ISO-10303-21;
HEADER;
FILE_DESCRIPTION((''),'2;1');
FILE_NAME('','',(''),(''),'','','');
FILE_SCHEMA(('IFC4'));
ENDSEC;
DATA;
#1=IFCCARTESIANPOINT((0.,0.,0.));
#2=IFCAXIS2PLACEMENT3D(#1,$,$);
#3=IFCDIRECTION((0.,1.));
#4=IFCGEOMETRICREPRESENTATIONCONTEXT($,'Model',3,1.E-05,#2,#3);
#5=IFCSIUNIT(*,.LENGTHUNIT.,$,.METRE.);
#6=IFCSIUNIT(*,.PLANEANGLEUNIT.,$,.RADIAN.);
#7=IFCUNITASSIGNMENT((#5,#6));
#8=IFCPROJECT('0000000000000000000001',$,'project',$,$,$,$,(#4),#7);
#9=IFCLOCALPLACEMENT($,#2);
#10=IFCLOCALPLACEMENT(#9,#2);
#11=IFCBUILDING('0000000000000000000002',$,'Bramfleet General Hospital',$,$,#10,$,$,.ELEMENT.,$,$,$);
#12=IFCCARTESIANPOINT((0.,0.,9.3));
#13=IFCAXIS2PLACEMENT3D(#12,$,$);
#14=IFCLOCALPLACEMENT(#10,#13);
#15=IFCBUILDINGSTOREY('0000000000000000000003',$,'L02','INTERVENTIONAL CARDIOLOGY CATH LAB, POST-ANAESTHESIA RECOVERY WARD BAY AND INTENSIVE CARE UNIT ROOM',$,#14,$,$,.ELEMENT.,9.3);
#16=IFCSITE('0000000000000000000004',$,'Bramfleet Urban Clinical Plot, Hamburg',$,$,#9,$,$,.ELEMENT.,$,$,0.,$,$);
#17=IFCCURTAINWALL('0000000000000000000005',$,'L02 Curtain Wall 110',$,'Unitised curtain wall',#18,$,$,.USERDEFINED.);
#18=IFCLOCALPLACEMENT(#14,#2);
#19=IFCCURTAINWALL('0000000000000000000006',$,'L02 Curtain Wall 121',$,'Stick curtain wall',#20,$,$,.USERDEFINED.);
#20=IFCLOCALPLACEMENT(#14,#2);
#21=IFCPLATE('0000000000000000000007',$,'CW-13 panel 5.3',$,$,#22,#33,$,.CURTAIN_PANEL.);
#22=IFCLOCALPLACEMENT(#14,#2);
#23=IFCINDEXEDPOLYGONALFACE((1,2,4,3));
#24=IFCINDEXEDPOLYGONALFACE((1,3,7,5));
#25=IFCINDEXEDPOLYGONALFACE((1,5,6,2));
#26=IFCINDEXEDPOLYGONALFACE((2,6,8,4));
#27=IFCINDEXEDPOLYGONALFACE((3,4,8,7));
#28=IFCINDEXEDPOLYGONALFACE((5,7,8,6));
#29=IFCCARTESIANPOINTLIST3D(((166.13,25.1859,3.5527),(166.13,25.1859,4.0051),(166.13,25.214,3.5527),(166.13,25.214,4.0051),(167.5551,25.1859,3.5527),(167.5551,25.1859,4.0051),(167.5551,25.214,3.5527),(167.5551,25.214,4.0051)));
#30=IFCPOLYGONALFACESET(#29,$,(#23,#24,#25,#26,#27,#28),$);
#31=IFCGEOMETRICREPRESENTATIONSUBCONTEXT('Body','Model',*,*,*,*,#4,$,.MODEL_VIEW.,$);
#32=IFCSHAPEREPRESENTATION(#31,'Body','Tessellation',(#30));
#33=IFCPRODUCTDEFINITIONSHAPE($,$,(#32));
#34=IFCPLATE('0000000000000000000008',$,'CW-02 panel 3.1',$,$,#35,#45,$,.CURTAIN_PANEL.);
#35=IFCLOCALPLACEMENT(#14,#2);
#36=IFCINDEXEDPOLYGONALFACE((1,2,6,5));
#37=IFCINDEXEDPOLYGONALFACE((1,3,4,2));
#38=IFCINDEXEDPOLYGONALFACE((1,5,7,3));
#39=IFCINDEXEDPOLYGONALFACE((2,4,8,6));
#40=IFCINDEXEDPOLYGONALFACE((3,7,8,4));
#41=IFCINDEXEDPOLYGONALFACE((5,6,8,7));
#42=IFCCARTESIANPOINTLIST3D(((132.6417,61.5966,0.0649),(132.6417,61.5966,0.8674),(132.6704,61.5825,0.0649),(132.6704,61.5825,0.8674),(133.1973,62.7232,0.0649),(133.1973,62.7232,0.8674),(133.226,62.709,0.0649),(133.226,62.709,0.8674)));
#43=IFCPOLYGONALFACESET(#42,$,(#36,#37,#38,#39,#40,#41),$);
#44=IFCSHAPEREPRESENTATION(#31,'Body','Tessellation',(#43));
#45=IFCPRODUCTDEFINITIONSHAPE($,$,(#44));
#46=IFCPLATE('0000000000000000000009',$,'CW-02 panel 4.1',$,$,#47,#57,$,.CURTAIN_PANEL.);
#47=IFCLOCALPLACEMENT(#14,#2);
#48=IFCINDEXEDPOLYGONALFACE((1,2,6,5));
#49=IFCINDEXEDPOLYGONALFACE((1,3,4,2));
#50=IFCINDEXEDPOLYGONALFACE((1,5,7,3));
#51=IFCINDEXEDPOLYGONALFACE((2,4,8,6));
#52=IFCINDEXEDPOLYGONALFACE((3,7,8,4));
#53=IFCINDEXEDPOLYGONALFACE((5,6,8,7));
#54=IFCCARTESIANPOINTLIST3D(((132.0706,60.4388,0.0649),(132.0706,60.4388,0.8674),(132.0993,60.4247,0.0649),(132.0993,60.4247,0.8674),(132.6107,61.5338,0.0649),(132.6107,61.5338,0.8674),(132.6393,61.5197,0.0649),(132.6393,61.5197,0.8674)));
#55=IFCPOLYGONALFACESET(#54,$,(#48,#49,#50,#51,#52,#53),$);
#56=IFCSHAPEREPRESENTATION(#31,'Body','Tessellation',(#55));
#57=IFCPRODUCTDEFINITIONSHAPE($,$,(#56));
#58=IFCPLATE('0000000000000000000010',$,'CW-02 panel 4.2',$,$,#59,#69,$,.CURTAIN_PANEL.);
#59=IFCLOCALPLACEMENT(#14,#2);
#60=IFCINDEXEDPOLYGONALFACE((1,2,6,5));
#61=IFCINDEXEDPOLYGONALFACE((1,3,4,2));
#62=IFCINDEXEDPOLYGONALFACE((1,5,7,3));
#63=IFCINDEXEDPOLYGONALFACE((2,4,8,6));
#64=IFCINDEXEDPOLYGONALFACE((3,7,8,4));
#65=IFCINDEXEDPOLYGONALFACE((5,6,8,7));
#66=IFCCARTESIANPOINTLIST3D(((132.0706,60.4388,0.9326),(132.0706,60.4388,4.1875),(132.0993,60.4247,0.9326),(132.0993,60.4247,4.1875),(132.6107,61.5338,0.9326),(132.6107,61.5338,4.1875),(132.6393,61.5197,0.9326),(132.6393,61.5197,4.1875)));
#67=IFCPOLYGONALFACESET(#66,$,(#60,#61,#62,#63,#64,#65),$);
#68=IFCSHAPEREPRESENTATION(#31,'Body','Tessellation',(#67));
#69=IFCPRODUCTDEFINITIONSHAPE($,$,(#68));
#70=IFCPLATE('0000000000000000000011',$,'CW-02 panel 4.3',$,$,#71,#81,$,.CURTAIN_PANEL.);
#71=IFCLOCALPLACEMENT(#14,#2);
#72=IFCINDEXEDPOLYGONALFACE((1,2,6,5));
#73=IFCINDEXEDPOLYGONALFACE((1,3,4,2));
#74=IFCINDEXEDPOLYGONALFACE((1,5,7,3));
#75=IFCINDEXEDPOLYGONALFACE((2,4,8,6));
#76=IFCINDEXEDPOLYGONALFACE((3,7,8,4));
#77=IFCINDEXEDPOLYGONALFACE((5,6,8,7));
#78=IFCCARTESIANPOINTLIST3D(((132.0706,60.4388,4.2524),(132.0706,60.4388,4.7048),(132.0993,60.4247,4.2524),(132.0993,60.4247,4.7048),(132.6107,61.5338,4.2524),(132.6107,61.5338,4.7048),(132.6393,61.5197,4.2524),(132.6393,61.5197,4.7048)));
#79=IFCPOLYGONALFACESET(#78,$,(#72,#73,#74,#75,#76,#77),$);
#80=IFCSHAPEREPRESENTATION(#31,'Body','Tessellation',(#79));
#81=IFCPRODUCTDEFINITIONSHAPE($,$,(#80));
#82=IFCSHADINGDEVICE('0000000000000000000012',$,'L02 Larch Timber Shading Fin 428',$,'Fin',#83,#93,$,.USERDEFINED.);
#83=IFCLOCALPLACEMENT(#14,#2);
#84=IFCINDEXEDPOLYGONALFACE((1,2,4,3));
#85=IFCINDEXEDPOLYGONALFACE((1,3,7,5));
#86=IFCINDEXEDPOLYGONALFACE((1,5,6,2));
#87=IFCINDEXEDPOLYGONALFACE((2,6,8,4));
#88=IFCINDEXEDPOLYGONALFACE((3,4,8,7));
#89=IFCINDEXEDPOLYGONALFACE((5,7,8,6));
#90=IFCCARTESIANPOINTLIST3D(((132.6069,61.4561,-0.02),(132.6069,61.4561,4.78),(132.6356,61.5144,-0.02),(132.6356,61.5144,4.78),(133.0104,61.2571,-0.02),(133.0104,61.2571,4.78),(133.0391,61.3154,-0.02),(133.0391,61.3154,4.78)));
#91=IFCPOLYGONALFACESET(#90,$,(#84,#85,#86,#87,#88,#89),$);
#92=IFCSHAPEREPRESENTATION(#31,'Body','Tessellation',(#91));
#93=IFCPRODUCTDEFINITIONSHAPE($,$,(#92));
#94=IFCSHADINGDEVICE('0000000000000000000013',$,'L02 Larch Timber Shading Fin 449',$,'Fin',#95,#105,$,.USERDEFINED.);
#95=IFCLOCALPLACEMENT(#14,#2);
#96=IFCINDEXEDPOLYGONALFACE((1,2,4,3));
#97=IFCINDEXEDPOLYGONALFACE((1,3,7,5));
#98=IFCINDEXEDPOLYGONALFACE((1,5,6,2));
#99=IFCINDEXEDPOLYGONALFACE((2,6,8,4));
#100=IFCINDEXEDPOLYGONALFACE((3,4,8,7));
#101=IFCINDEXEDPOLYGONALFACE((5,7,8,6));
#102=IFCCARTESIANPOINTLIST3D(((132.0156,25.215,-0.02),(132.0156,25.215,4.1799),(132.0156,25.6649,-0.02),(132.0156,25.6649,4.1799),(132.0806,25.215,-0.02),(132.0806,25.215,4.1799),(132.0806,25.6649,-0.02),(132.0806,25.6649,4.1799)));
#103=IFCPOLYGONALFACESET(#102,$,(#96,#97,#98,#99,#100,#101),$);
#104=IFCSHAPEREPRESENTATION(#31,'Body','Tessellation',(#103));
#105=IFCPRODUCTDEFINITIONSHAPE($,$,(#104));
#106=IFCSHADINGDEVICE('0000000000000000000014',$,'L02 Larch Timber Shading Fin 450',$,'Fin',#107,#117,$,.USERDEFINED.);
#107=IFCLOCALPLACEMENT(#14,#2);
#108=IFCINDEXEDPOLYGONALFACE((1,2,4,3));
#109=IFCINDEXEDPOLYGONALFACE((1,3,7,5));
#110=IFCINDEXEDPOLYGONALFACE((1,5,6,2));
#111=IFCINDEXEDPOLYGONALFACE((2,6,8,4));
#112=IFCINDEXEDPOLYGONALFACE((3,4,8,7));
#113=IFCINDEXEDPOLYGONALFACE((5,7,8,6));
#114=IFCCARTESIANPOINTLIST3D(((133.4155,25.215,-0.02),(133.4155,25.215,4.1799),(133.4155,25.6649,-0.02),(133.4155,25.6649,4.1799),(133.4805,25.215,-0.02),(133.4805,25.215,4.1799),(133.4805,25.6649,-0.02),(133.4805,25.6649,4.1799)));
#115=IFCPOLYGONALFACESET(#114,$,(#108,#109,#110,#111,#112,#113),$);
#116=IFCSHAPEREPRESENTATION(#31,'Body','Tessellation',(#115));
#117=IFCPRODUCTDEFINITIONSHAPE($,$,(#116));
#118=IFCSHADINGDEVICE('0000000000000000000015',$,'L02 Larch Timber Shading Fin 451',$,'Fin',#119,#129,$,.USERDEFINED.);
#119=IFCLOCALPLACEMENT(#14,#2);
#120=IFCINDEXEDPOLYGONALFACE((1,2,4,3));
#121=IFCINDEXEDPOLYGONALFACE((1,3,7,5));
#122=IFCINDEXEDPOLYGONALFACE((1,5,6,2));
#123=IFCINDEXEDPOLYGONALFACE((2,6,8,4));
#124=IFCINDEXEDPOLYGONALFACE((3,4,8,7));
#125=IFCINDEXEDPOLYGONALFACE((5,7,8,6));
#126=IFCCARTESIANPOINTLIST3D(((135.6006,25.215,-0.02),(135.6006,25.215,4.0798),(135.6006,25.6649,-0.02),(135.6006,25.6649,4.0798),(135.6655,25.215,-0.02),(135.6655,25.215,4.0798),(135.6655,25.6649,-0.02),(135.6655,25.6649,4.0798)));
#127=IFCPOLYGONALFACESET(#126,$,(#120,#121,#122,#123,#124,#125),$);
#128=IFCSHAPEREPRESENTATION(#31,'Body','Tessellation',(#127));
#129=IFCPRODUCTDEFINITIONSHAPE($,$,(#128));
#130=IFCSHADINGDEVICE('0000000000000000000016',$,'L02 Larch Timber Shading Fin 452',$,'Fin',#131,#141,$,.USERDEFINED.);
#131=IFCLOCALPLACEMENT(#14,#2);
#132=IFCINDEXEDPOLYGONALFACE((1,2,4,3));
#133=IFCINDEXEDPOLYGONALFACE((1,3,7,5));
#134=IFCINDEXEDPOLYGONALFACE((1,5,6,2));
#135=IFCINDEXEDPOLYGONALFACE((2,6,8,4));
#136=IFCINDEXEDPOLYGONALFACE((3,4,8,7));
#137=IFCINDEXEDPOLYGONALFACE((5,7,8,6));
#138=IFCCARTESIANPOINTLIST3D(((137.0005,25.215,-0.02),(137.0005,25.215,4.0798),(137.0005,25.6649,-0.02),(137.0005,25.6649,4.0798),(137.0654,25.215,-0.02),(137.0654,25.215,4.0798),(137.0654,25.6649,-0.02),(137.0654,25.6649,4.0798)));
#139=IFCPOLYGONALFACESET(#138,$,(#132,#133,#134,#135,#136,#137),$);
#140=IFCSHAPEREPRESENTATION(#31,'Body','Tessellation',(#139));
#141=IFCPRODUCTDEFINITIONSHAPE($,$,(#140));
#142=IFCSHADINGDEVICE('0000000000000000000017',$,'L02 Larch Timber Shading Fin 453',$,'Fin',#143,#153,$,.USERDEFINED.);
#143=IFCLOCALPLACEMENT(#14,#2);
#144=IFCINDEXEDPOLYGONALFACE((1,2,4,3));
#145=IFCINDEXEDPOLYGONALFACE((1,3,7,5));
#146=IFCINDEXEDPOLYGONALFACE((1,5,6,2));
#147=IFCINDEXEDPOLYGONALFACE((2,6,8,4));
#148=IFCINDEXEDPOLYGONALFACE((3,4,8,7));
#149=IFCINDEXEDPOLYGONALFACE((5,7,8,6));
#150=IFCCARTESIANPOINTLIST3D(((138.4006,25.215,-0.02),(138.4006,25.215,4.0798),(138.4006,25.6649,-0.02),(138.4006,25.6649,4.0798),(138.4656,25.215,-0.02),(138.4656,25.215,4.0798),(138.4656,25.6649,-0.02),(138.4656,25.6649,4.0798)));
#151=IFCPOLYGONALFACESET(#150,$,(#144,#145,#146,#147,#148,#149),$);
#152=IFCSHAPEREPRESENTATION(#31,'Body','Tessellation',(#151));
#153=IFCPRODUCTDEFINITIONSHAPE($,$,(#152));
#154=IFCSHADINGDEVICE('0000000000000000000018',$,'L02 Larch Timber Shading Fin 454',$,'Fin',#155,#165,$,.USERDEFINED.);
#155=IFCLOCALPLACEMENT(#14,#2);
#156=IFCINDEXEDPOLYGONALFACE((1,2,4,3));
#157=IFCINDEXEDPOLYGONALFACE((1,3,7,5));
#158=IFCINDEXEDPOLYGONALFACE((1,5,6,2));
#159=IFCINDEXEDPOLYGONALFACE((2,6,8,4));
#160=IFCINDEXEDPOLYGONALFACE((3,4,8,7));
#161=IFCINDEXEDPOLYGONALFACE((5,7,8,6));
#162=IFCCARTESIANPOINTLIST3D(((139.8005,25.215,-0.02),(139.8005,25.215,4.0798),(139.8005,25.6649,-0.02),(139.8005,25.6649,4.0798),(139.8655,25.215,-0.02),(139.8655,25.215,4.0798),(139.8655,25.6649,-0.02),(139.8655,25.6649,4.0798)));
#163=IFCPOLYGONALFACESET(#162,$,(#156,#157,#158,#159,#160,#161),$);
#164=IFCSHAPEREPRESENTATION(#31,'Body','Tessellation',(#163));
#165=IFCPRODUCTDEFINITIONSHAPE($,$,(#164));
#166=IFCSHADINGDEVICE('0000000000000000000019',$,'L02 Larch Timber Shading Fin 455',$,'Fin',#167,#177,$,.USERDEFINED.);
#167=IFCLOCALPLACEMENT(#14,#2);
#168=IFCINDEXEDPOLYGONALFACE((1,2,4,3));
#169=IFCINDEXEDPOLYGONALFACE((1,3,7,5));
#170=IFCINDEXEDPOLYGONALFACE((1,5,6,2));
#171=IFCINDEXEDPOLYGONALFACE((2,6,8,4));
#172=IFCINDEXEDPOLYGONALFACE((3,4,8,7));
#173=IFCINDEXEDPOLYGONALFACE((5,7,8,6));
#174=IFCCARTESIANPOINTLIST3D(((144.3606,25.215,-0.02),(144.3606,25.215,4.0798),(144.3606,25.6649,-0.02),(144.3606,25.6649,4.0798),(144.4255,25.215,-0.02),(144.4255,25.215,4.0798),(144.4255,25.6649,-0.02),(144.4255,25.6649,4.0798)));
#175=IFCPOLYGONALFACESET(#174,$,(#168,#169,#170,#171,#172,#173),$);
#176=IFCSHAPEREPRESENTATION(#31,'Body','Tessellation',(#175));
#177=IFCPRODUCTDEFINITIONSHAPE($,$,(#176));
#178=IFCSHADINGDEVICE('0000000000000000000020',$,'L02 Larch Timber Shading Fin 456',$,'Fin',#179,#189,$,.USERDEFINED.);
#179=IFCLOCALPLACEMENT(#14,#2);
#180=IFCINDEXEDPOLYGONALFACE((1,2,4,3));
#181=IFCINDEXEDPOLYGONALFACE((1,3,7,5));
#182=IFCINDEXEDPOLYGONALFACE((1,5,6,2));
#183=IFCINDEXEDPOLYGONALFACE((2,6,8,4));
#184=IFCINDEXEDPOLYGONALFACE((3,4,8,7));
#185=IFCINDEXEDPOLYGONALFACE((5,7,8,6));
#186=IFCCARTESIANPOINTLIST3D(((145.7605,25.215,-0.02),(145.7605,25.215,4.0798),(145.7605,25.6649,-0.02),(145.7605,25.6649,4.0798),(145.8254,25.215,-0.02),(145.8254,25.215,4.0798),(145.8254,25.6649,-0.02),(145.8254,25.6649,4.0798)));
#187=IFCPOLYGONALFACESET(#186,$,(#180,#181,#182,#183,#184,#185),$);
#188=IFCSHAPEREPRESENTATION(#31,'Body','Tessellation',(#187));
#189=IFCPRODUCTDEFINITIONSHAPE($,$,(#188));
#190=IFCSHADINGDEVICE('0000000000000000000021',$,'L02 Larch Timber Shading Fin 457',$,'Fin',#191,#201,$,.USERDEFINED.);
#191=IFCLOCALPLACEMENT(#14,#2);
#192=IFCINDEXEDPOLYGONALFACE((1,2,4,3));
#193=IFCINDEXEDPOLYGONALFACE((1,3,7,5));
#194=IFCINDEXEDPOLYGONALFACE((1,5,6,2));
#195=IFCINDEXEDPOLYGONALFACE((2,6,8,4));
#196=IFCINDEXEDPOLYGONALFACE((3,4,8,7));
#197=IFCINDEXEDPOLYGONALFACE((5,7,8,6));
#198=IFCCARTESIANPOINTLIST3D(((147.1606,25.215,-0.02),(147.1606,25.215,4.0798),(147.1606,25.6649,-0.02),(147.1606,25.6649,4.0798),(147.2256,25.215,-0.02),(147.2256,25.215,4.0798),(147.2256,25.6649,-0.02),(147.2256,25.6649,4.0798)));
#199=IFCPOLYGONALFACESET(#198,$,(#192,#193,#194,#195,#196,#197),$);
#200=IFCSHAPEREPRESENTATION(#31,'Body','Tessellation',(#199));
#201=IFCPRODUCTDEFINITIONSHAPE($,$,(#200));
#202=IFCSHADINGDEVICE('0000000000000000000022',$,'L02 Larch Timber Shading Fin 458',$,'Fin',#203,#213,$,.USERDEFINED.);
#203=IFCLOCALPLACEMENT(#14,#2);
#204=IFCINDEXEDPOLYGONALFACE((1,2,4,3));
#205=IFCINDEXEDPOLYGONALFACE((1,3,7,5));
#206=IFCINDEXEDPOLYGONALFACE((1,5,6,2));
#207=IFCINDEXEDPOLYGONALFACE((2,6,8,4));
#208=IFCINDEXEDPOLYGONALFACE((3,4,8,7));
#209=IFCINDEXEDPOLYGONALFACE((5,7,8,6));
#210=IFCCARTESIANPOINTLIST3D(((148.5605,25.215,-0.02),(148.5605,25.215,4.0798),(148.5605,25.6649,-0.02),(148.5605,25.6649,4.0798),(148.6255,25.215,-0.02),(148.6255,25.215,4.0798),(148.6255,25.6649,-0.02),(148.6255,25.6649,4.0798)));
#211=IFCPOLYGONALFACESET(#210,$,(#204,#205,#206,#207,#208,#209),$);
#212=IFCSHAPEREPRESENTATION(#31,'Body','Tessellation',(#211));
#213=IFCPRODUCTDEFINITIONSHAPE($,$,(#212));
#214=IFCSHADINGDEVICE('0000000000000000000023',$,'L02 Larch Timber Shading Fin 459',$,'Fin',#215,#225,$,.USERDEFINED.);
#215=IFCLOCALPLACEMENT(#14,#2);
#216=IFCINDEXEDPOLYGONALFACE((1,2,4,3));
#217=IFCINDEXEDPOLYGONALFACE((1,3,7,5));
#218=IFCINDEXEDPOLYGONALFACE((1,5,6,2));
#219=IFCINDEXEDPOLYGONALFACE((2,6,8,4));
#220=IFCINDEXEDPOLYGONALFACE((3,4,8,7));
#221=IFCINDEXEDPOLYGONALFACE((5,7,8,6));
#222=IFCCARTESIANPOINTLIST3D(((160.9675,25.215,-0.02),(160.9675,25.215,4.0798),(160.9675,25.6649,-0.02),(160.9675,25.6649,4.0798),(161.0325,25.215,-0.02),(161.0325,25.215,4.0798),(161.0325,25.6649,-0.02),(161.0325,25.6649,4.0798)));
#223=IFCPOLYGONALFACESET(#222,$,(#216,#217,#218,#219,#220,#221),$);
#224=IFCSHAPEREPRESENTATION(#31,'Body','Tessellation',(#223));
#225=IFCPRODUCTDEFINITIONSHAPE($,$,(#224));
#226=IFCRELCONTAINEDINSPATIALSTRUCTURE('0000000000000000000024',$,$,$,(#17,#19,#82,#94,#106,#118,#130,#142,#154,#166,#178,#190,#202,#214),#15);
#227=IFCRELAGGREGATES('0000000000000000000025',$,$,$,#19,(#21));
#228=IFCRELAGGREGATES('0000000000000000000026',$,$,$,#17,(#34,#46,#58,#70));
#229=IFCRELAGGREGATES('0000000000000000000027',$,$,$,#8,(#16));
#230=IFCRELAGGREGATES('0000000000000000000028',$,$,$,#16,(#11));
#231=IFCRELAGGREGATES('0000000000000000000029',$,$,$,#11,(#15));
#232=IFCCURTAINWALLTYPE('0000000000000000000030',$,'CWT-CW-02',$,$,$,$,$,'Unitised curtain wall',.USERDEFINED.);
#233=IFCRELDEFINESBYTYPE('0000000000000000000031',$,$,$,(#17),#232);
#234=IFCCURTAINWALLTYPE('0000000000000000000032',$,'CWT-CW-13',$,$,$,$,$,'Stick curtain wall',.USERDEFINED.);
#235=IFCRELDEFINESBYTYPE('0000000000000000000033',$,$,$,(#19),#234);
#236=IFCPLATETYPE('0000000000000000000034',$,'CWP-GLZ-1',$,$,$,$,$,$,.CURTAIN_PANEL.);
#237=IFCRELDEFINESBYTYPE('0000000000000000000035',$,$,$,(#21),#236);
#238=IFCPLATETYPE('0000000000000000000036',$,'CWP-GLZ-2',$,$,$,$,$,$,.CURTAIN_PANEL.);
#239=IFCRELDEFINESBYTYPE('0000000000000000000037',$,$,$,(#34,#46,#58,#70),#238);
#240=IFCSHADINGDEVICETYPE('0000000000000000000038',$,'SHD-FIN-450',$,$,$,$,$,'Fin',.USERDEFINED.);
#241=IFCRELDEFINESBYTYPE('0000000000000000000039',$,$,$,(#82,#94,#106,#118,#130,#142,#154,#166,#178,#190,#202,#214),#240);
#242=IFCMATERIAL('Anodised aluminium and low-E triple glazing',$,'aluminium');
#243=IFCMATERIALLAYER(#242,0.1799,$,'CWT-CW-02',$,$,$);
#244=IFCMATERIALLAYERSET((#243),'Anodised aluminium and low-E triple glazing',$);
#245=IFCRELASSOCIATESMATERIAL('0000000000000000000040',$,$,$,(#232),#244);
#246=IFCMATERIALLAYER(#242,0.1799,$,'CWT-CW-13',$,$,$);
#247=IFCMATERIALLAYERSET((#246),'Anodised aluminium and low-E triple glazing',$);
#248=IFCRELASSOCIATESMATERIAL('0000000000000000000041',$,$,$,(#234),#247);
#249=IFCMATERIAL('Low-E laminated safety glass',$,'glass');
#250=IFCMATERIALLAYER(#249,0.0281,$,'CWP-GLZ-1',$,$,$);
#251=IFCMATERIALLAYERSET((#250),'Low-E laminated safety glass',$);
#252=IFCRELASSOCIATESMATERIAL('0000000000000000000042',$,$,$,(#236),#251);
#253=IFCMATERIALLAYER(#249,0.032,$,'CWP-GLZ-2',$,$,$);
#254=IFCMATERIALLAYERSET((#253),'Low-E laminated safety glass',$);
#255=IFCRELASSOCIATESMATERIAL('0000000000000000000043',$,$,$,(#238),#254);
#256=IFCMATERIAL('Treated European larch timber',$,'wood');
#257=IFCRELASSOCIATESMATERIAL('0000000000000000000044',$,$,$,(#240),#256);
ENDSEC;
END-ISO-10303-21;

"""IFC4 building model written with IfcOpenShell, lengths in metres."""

from ifc_helpers import new_model, si_unit, direction, frame, origin, origin_2d, place, context, subcontext, project, spatial, rectangle, extrude, material, layer, layer_set, material_profile, profile_set, type_object, element, aggregate, save


model = new_model("IFC4")

# Units and contexts
model_context = context("Model", 3, precision=1e-05, world=origin(), true_north=direction((0.0, 1.0)))
body_context = subcontext(model_context, "Body", "Model", "MODEL_VIEW")
ifc_project = project(units=[si_unit("LENGTHUNIT", "METRE"), si_unit("PLANEANGLEUNIT", "RADIAN")], contexts=[model_context])

# Site, building, storey
site_placement = place(None, origin())
site = spatial("IfcSite", under=ifc_project, at=site_placement, Name="Bramfleet Urban Clinical Plot, Hamburg", CompositionType="ELEMENT", RefElevation=0.0)
building_placement = place(site_placement, origin())
building = spatial("IfcBuilding", under=site, at=building_placement, Name="Bramfleet General Hospital", CompositionType="ELEMENT")
storey_placement = place(building_placement, frame((0.0, 0.0, 9.3)))
storey = spatial("IfcBuildingStorey", under=building, at=storey_placement, Name="L02", Description="INTERVENTIONAL CARDIOLOGY CATH LAB, POST-ANAESTHESIA RECOVERY WARD BAY AND INTENSIVE CARE UNIT ROOM", CompositionType="ELEMENT", Elevation=9.3)

# Curtain wall
ifc_material_1 = material(Name="Anodised aluminium and low-E triple glazing", Category="aluminium")
ifc_layer_1 = layer(ifc_material_1, 0.1799, Name="CWT-CW-02")
ifc_layer_set_1 = layer_set([ifc_layer_1], Name="Anodised aluminium and low-E triple glazing")
curtain_wall_type_1 = type_object("IfcCurtainWallType", Name="CWT-CW-02", ElementType="Unitised curtain wall", PredefinedType="USERDEFINED", material=ifc_layer_set_1)
curtain_wall_1_placement = place(storey_placement, origin())
curtain_wall_1 = element("IfcCurtainWall", 1, at=curtain_wall_1_placement, inside=storey, type_object=curtain_wall_type_1, Name="L02 Curtain Wall 110", ObjectType="Unitised curtain wall", PredefinedType="USERDEFINED")

# Curtain wall
ifc_layer_2 = layer(ifc_material_1, 0.1799, Name="CWT-CW-13")
ifc_layer_set_2 = layer_set([ifc_layer_2], Name="Anodised aluminium and low-E triple glazing")
curtain_wall_type_2 = type_object("IfcCurtainWallType", Name="CWT-CW-13", ElementType="Stick curtain wall", PredefinedType="USERDEFINED", material=ifc_layer_set_2)
curtain_wall_2_placement = place(storey_placement, origin())
curtain_wall_2 = element("IfcCurtainWall", 2, at=curtain_wall_2_placement, inside=storey, type_object=curtain_wall_type_2, Name="L02 Curtain Wall 121", ObjectType="Stick curtain wall", PredefinedType="USERDEFINED")

# Plates
ifc_material_2 = material(Name="Low-E laminated safety glass", Category="glass")
ifc_layer_3 = layer(ifc_material_2, 0.0281, Name="CWP-GLZ-1")
ifc_layer_set_3 = layer_set([ifc_layer_3], Name="Low-E laminated safety glass")
plate_type_1 = type_object("IfcPlateType", Name="CWP-GLZ-1", PredefinedType="CURTAIN_PANEL", material=ifc_layer_set_3)
plate_1_placement = place(storey_placement, frame((166.8425, 25.2, 3.5527), z_axis=(0.0, 0.0, 1.0), x_axis=(1.0, 0.0, 0.0)))
plate_1 = element("IfcPlate", 3, at=plate_1_placement, type_object=plate_type_1, Name="CW-13 panel 5.3", PredefinedType="CURTAIN_PANEL", context=body_context, shape_type="SweptSolid", body=[
    extrude(rectangle(XDim=1.425, YDim=0.0281, at=origin_2d()), origin(), (0.0, 0.0, 1.0), 0.4524),
])
aggregate(curtain_wall_2, [plate_1])
ifc_layer_4 = layer(ifc_material_2, 0.032, Name="CWP-GLZ-2")
ifc_layer_set_4 = layer_set([ifc_layer_4], Name="Low-E laminated safety glass")
plate_type_2 = type_object("IfcPlateType", Name="CWP-GLZ-2", PredefinedType="CURTAIN_PANEL", material=ifc_layer_set_4)
plate_2_placement = place(storey_placement, frame((132.9338, 62.1528, 0.0649), z_axis=(0.0, 0.0, 1.0), x_axis=(-0.442305, -0.896865, 0.0)))
plate_2 = element("IfcPlate", 4, at=plate_2_placement, type_object=plate_type_2, Name="CW-02 panel 3.1", PredefinedType="CURTAIN_PANEL", context=body_context, shape_type="SweptSolid", body=[
    extrude(rectangle(XDim=1.2561, YDim=0.032, at=origin_2d()), origin(), (0.0, 0.0, 1.0), 0.8025),
])
plate_3_placement = place(storey_placement, frame((132.355, 60.9792, 0.0649), z_axis=(0.0, 0.0, 1.0), x_axis=(-0.442305, -0.896865, 0.0)))
plate_3 = element("IfcPlate", 5, at=plate_3_placement, type_object=plate_type_2, Name="CW-02 panel 4.1", PredefinedType="CURTAIN_PANEL", context=body_context, shape_type="SweptSolid", body=[
    extrude(rectangle(XDim=1.2209, YDim=0.032, at=origin_2d()), origin(), (0.0, 0.0, 1.0), 0.8025),
])
plate_4_placement = place(storey_placement, frame((132.355, 60.9792, 0.9326), z_axis=(0.0, 0.0, 1.0), x_axis=(-0.442305, -0.896865, 0.0)))
plate_4 = element("IfcPlate", 6, at=plate_4_placement, type_object=plate_type_2, Name="CW-02 panel 4.2", PredefinedType="CURTAIN_PANEL", context=body_context, shape_type="SweptSolid", body=[
    extrude(rectangle(XDim=1.2209, YDim=0.032, at=origin_2d()), origin(), (0.0, 0.0, 1.0), 3.2549),
])
plate_5_placement = place(storey_placement, frame((132.355, 60.9792, 4.2524), z_axis=(0.0, 0.0, 1.0), x_axis=(-0.442305, -0.896865, 0.0)))
plate_5 = element("IfcPlate", 7, at=plate_5_placement, type_object=plate_type_2, Name="CW-02 panel 4.3", PredefinedType="CURTAIN_PANEL", context=body_context, shape_type="SweptSolid", body=[
    extrude(rectangle(XDim=1.2209, YDim=0.032, at=origin_2d()), origin(), (0.0, 0.0, 1.0), 0.4524),
])
aggregate(curtain_wall_1, [plate_2, plate_3, plate_4, plate_5])

# Shading devices
ifc_material_3 = material(Name="Treated European larch timber", Category="wood")
ifc_material_profile_1 = material_profile(ifc_material_3, rectangle(XDim=0.0649, YDim=0.45, at=origin_2d()), Name="LARCH FIN 450x65")
ifc_profile_set_1 = profile_set([ifc_material_profile_1], Name="Treated European larch timber")
shading_device_type = type_object("IfcShadingDeviceType", Name="SHD-FIN-450", ElementType="Fin", PredefinedType="USERDEFINED", material=ifc_profile_set_1)
shading_device_placement = place(storey_placement, frame((132.823, 61.3857, -0.02), z_axis=(0.0, 0.0, 1.0), x_axis=(-0.442305, -0.896865, 0.0)))
element("IfcShadingDevice", 8, at=shading_device_placement, inside=storey, type_object=shading_device_type, Name="L02 Larch Timber Shading Fin 428", ObjectType="Fin", PredefinedType="USERDEFINED", context=body_context, shape_type="SweptSolid", body=[
    extrude(rectangle(XDim=0.0649, YDim=0.45, at=origin_2d()), origin(), (0.0, 0.0, 1.0), 4.8),
])
for number, where, z_axis, x_axis, name in (
    (9, (132.0481, 25.4399, -0.02), (0.0, 0.0, 1.0), (1.0, 0.0, 0.0), "L02 Larch Timber Shading Fin 449"),
    (10, (133.448, 25.4399, -0.02), (0.0, 0.0, 1.0), (1.0, 0.0, 0.0), "L02 Larch Timber Shading Fin 450"),
):
    element("IfcShadingDevice", number, at=place(storey_placement, frame(where, z_axis=z_axis, x_axis=x_axis)), inside=storey, type_object=shading_device_type, Name=name, ObjectType="Fin", PredefinedType="USERDEFINED", context=body_context, shape_type="SweptSolid", body=[
        extrude(rectangle(XDim=0.0649, YDim=0.45, at=origin_2d()), origin(), (0.0, 0.0, 1.0), 4.2),
    ])
for number, where, z_axis, x_axis, name in (
    (11, (135.6331, 25.4399, -0.02), (0.0, 0.0, 1.0), (1.0, 0.0, 0.0), "L02 Larch Timber Shading Fin 451"),
    (12, (137.033, 25.4399, -0.02), (0.0, 0.0, 1.0), (1.0, 0.0, 0.0), "L02 Larch Timber Shading Fin 452"),
    (13, (138.4331, 25.4399, -0.02), (0.0, 0.0, 1.0), (1.0, 0.0, 0.0), "L02 Larch Timber Shading Fin 453"),
    (14, (139.833, 25.4399, -0.02), (0.0, 0.0, 1.0), (1.0, 0.0, 0.0), "L02 Larch Timber Shading Fin 454"),
    (15, (144.3931, 25.4399, -0.02), (0.0, 0.0, 1.0), (1.0, 0.0, 0.0), "L02 Larch Timber Shading Fin 455"),
    (16, (145.793, 25.4399, -0.02), (0.0, 0.0, 1.0), (1.0, 0.0, 0.0), "L02 Larch Timber Shading Fin 456"),
    (17, (147.1931, 25.4399, -0.02), (0.0, 0.0, 1.0), (1.0, 0.0, 0.0), "L02 Larch Timber Shading Fin 457"),
    (18, (148.593, 25.4399, -0.02), (0.0, 0.0, 1.0), (1.0, 0.0, 0.0), "L02 Larch Timber Shading Fin 458"),
    (19, (161.0, 25.4399, -0.02), (0.0, 0.0, 1.0), (1.0, 0.0, 0.0), "L02 Larch Timber Shading Fin 459"),
):
    element("IfcShadingDevice", number, at=place(storey_placement, frame(where, z_axis=z_axis, x_axis=x_axis)), inside=storey, type_object=shading_device_type, Name=name, ObjectType="Fin", PredefinedType="USERDEFINED", context=body_context, shape_type="SweptSolid", body=[
        extrude(rectangle(XDim=0.0649, YDim=0.45, at=origin_2d()), origin(), (0.0, 0.0, 1.0), 4.0999),
    ])

save(model, "model.ifc")
